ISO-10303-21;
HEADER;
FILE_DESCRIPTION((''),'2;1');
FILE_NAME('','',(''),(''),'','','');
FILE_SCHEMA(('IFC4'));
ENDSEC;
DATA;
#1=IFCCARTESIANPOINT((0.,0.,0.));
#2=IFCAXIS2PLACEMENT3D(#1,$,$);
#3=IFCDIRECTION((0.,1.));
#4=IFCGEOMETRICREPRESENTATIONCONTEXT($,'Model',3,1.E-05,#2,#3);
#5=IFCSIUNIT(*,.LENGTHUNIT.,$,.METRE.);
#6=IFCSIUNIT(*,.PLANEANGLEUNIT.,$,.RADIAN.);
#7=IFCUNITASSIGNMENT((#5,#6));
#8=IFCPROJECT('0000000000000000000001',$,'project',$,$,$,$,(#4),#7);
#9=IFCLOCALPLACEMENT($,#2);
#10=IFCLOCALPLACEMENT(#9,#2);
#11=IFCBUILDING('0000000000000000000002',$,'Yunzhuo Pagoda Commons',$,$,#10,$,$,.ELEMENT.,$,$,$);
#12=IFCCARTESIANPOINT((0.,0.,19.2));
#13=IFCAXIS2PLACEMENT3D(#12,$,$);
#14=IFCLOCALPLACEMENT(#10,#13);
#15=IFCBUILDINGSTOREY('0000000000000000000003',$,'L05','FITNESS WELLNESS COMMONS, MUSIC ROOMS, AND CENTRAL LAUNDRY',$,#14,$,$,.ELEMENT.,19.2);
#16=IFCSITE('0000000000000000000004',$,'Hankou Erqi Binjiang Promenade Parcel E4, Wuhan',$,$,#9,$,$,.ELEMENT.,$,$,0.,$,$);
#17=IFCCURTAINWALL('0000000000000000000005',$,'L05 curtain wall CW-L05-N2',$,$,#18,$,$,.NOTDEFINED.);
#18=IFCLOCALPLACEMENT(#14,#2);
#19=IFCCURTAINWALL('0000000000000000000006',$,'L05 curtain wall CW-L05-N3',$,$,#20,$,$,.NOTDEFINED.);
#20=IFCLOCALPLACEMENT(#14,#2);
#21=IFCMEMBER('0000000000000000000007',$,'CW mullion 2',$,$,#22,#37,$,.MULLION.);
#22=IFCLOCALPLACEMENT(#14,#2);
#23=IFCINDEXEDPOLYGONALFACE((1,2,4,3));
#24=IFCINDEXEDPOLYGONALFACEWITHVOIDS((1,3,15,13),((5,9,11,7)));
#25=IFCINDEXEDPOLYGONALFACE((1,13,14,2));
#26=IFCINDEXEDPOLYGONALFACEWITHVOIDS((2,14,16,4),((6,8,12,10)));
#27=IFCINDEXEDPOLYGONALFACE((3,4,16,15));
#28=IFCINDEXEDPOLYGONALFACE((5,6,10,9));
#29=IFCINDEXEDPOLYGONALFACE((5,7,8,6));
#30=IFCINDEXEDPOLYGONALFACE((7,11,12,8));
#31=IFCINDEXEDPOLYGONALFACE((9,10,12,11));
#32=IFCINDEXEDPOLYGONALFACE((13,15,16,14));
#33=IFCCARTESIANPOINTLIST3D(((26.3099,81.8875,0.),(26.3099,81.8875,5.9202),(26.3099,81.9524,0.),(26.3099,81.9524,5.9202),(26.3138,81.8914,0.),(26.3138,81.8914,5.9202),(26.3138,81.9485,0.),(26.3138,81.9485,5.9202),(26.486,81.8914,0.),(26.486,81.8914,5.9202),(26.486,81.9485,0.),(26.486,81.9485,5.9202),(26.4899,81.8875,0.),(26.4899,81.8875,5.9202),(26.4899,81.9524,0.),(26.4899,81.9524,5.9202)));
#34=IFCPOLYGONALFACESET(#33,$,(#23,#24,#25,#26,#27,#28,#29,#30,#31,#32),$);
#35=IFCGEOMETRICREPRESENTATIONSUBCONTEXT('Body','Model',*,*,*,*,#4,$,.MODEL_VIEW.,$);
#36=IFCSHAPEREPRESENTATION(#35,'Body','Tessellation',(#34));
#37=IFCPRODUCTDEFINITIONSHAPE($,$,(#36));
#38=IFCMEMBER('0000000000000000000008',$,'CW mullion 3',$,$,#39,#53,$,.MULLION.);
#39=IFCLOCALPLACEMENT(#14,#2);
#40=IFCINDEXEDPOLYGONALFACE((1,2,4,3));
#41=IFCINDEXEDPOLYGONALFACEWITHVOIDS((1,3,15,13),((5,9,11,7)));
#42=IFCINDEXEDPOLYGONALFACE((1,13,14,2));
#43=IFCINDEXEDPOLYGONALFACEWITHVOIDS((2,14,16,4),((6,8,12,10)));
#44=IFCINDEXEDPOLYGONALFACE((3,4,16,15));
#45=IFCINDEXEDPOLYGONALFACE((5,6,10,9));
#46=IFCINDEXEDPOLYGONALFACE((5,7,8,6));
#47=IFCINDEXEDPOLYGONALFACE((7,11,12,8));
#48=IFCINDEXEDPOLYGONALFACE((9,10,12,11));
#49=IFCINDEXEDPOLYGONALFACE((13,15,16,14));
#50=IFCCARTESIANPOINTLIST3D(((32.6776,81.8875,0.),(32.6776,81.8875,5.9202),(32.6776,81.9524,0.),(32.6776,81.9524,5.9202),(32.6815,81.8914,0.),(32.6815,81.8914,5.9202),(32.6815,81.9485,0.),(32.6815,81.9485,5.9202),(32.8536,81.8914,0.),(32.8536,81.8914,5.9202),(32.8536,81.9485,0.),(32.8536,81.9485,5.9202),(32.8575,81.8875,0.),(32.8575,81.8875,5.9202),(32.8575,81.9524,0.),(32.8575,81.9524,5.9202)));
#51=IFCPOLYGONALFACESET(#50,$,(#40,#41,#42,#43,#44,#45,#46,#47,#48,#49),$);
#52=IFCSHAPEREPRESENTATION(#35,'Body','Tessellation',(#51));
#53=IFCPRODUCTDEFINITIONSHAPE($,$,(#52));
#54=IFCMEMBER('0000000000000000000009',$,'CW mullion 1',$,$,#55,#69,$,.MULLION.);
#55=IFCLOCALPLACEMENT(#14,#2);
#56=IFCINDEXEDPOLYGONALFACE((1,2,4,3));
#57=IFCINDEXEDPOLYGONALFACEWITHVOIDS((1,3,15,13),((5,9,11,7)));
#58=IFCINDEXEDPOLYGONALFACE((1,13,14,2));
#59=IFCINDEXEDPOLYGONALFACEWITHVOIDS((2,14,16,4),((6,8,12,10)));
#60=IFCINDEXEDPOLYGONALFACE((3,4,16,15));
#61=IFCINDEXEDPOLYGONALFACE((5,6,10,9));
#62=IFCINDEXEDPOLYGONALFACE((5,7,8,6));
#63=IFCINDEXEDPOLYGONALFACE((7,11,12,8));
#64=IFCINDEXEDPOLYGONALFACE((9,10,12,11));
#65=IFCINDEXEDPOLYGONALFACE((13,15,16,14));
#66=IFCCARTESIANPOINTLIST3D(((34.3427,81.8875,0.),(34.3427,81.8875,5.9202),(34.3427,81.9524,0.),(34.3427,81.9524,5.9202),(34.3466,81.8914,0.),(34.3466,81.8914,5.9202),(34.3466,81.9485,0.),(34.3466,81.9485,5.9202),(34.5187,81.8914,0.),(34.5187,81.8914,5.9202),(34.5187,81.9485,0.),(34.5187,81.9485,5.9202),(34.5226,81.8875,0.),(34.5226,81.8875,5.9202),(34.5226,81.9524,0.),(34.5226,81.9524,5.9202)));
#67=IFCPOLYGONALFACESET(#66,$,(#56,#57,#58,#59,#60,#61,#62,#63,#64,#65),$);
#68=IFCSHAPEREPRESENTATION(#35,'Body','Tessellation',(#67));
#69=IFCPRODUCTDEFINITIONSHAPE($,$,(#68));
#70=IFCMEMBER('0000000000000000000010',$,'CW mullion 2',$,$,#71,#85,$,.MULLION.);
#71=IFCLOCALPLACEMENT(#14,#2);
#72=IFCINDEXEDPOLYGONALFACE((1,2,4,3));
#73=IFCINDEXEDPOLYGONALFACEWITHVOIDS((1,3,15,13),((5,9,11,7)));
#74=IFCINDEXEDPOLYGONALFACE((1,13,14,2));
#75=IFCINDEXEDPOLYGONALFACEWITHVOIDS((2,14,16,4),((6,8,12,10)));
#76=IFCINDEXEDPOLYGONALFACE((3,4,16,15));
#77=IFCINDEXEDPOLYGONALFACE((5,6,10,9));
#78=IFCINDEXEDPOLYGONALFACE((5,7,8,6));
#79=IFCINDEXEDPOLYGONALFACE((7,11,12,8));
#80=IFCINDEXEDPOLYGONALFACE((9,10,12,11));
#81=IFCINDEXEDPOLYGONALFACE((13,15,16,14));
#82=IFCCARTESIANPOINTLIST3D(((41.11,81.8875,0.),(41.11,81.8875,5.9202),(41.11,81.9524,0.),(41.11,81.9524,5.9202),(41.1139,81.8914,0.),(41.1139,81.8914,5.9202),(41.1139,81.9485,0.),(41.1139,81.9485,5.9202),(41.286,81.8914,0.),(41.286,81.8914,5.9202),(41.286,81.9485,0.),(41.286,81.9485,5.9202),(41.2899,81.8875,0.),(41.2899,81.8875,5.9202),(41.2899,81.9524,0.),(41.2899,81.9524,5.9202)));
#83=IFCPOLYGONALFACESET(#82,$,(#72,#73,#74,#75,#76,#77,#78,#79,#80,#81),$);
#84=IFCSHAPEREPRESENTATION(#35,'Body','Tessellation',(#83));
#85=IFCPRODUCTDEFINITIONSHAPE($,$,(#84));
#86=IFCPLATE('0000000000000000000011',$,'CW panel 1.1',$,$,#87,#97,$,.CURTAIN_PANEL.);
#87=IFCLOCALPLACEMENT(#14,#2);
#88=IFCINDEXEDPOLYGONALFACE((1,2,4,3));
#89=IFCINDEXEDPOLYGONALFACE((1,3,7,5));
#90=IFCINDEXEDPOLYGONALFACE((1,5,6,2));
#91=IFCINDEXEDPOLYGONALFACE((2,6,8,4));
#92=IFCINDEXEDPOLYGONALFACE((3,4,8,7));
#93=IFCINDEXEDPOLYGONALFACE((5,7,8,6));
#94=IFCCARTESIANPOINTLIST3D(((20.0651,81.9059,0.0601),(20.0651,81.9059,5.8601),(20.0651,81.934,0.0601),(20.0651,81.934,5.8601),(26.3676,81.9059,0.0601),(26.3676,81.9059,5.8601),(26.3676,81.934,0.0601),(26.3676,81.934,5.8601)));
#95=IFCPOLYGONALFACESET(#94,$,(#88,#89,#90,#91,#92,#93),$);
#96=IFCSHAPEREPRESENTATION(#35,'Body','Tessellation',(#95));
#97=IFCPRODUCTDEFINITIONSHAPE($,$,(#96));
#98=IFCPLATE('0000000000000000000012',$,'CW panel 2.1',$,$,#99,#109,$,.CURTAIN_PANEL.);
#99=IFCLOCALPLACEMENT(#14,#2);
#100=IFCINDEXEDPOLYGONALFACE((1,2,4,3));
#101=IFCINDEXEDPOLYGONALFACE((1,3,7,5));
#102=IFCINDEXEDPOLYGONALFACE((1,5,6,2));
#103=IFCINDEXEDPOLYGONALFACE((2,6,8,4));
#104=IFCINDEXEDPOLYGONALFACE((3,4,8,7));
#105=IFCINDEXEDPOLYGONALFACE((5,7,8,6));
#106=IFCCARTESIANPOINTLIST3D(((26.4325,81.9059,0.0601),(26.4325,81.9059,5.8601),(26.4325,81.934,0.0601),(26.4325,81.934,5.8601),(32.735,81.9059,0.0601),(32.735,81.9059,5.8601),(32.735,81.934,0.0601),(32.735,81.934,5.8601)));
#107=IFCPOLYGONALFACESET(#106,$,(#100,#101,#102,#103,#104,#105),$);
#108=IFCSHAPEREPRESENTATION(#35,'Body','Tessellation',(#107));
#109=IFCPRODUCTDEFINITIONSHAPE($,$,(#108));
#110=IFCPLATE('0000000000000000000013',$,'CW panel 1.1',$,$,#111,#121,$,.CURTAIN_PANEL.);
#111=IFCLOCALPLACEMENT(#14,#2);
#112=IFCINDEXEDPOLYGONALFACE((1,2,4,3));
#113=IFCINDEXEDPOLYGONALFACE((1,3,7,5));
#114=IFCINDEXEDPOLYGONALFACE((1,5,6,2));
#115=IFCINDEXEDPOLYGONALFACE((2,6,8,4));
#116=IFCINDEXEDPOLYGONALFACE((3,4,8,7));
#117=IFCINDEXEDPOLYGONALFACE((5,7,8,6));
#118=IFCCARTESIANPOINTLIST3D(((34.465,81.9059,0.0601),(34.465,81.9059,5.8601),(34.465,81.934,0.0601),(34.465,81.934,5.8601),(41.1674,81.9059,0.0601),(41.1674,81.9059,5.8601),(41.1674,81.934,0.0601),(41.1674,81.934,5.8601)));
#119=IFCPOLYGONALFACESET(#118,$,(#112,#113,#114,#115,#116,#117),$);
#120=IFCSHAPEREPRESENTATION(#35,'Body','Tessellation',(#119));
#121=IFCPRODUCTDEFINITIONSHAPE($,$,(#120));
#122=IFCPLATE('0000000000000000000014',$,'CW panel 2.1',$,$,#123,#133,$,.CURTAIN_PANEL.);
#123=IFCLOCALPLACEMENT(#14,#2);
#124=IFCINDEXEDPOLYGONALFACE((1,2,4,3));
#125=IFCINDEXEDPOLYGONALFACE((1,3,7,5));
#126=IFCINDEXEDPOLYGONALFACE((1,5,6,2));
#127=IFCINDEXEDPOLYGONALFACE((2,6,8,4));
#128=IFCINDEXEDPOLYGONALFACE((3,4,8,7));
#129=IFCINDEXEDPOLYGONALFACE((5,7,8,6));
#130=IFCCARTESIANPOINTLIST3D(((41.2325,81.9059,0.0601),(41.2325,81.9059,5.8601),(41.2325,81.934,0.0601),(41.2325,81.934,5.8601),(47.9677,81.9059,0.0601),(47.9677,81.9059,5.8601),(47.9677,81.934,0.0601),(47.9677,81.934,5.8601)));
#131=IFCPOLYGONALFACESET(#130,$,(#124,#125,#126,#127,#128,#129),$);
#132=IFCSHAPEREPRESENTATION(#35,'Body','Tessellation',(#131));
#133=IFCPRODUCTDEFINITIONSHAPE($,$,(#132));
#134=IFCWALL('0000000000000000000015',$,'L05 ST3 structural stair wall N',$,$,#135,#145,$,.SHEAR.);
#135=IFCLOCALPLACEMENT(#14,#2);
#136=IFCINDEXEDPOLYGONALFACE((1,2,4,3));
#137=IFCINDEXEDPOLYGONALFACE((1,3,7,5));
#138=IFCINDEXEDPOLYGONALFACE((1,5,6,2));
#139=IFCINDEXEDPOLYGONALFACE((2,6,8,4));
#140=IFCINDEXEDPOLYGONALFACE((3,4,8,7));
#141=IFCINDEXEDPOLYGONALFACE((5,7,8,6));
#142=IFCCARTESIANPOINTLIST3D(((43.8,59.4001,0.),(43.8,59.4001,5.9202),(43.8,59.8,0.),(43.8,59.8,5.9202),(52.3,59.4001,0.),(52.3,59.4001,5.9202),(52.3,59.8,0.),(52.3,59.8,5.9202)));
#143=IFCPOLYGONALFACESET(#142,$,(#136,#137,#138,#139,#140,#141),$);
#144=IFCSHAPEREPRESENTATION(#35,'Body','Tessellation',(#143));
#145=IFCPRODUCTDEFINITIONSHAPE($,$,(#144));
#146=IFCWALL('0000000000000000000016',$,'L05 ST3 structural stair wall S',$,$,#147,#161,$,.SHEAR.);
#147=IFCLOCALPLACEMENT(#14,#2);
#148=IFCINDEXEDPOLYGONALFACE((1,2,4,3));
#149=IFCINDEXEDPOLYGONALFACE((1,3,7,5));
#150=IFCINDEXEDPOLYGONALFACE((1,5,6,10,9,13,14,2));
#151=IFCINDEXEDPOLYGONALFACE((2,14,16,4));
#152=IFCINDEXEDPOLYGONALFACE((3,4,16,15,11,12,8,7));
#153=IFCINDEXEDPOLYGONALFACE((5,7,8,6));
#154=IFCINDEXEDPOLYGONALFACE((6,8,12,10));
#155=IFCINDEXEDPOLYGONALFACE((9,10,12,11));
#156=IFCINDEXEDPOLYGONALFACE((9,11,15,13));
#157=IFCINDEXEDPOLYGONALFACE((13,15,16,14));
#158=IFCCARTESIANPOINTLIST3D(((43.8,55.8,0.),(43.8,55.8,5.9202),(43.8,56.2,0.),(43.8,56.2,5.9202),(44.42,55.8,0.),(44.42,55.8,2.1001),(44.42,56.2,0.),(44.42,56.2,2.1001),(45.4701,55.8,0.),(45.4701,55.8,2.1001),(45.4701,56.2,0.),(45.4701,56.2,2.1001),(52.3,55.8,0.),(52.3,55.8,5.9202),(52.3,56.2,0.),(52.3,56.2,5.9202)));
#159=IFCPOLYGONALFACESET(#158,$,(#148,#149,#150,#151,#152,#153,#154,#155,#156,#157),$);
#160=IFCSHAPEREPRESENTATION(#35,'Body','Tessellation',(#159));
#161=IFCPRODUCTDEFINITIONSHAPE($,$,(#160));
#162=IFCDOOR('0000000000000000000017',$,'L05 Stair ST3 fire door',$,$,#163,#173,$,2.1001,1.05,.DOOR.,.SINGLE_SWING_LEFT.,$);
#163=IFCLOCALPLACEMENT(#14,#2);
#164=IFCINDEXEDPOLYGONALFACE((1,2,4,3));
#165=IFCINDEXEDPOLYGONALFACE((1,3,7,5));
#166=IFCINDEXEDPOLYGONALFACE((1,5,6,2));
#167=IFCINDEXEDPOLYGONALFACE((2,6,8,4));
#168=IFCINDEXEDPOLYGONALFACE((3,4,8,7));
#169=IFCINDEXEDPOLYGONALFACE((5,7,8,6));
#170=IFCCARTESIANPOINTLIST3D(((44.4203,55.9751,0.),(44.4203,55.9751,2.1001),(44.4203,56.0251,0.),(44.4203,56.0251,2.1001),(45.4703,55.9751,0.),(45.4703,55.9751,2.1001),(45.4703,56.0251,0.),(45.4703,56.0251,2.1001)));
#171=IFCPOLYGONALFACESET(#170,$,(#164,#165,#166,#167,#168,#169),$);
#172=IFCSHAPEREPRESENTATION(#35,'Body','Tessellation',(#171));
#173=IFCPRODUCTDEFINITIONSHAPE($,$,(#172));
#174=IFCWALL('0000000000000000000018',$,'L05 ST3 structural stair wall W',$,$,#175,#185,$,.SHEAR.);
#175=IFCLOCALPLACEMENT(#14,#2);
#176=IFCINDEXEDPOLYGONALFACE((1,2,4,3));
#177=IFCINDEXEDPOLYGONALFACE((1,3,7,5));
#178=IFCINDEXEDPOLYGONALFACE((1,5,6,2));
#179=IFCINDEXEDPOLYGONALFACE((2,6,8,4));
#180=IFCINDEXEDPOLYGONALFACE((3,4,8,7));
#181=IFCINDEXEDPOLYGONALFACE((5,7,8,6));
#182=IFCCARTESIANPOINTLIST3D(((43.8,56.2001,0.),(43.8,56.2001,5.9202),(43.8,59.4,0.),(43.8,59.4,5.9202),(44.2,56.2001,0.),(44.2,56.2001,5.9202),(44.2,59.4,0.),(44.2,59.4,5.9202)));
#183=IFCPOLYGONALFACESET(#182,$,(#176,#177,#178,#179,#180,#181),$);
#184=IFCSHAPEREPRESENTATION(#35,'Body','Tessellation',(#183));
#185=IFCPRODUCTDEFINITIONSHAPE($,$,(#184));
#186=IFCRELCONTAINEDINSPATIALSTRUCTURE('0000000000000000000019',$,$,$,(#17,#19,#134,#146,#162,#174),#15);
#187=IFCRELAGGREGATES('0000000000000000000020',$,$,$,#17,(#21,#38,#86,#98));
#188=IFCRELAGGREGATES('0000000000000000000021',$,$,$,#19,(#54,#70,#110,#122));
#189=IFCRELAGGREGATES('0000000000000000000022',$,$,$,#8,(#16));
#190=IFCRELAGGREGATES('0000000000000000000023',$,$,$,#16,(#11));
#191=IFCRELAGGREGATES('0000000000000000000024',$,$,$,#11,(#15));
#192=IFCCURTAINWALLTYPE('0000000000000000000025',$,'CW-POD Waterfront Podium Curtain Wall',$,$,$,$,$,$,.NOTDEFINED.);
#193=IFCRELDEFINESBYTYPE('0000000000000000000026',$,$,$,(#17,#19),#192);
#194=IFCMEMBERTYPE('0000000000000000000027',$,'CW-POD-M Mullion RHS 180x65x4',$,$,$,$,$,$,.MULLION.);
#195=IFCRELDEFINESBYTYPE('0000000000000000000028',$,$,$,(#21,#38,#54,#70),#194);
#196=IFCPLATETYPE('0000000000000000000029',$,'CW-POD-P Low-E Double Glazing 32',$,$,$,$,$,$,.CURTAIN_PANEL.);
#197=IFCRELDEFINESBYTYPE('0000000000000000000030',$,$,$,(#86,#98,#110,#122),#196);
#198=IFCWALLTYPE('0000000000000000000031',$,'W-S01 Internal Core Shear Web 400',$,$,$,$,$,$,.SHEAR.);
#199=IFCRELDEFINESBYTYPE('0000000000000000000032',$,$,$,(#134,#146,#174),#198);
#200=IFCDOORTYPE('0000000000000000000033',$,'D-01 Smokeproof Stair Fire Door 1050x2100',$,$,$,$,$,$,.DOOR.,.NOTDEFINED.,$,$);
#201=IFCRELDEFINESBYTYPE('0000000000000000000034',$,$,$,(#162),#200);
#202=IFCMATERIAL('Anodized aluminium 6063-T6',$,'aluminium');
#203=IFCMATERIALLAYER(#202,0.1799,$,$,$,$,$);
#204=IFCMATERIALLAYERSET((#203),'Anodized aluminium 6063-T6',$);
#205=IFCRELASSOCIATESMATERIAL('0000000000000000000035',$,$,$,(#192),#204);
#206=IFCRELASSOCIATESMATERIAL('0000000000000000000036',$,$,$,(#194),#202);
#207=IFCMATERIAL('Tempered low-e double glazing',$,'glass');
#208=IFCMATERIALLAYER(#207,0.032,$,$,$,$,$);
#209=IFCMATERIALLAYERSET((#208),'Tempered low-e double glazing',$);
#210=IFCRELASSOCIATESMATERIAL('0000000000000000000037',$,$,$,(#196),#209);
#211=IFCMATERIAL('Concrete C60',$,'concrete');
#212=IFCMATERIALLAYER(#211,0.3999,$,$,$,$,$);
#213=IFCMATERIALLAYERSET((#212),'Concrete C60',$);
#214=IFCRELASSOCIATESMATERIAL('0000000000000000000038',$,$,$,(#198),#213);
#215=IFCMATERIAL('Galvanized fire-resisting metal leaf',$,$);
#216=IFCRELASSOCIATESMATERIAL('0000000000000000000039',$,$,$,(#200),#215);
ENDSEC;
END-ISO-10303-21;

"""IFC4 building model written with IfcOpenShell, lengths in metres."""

from ifc_helpers import new_model, si_unit, direction, frame, frame_2d, origin, origin_2d, place, context, subcontext, project, spatial, rectangle, hollow_rectangle, extrude, source, transform, mapped, material, layer, layer_set, material_profile, profile_set, type_object, element, fill, aggregate, save


model = new_model("IFC4")

# Units and contexts
model_context = context("Model", 3, precision=1e-05, world=origin(), true_north=direction((0.0, 1.0)))
body_context = subcontext(model_context, "Body", "Model", "MODEL_VIEW")
ifc_project = project(units=[si_unit("LENGTHUNIT", "METRE"), si_unit("PLANEANGLEUNIT", "RADIAN")], contexts=[model_context])

# Site, building, storey
site_placement = place(None, origin())
site = spatial("IfcSite", under=ifc_project, at=site_placement, Name="Hankou Erqi Binjiang Promenade Parcel E4, Wuhan", CompositionType="ELEMENT", RefElevation=0.0)
building_placement = place(site_placement, origin())
building = spatial("IfcBuilding", under=site, at=building_placement, Name="Yunzhuo Pagoda Commons", CompositionType="ELEMENT")
storey_placement = place(building_placement, frame((0.0, 0.0, 19.2)))
storey = spatial("IfcBuildingStorey", under=building, at=storey_placement, Name="L05", Description="FITNESS WELLNESS COMMONS, MUSIC ROOMS, AND CENTRAL LAUNDRY", CompositionType="ELEMENT", Elevation=19.2)

# Curtain walls
ifc_material_1 = material(Name="Anodized aluminium 6063-T6", Category="aluminium")
ifc_layer_1 = layer(ifc_material_1, 0.1799)
ifc_layer_set_1 = layer_set([ifc_layer_1], Name="Anodized aluminium 6063-T6")
curtain_wall_type = type_object("IfcCurtainWallType", Name="CW-POD Waterfront Podium Curtain Wall", PredefinedType="NOTDEFINED", material=ifc_layer_set_1)
curtain_wall_1_placement = place(storey_placement, origin())
curtain_wall_1 = element("IfcCurtainWall", 1, at=curtain_wall_1_placement, inside=storey, type_object=curtain_wall_type, Name="L05 curtain wall CW-L05-N2", PredefinedType="NOTDEFINED")
curtain_wall_2_placement = place(storey_placement, origin())
curtain_wall_2 = element("IfcCurtainWall", 2, at=curtain_wall_2_placement, inside=storey, type_object=curtain_wall_type, Name="L05 curtain wall CW-L05-N3", PredefinedType="NOTDEFINED")

# Members
ifc_material_profile_1 = material_profile(ifc_material_1, hollow_rectangle(XDim=0.0649, YDim=0.1799, WallThickness=0.0039, at=origin_2d()), Name="Anodized aluminium 6063-T6")
ifc_profile_set_1 = profile_set([ifc_material_profile_1], Name="Anodized aluminium 6063-T6")
member_type_1 = type_object("IfcMemberType", Name="CW-POD-M Mullion RHS 180x65x4", PredefinedType="MULLION", material=ifc_profile_set_1)
shared_shape_1 = source(origin(), body_context, "Body", "SweptSolid", [
    extrude(hollow_rectangle(XDim=0.0649, YDim=0.1799, WallThickness=0.0039, at=origin_2d()), origin(), (0.0, 0.0, 1.0), 5.9202),
])
member_1_placement = place(storey_placement, frame((26.3999, 81.9199, 0.0), z_axis=(0.0, 0.0, 1.0), x_axis=(0.0, 1.0, 0.0)))
member_1 = element("IfcMember", 3, at=member_1_placement, type_object=member_type_1, Name="CW mullion 2", PredefinedType="MULLION", context=body_context, shape_type="MappedRepresentation", body=[
    mapped(shared_shape_1, transform((0.0, 0.0, 0.0), scale=1.0)),
])
member_2_placement = place(storey_placement, frame((32.7676, 81.9199, 0.0), z_axis=(0.0, 0.0, 1.0), x_axis=(0.0, 1.0, 0.0)))
member_2 = element("IfcMember", 4, at=member_2_placement, type_object=member_type_1, Name="CW mullion 3", PredefinedType="MULLION", context=body_context, shape_type="MappedRepresentation", body=[
    mapped(shared_shape_1, transform((0.0, 0.0, 0.0), scale=1.0)),
])
member_3_placement = place(storey_placement, frame((34.4326, 81.9199, 0.0), z_axis=(0.0, 0.0, 1.0), x_axis=(0.0, 1.0, 0.0)))
member_3 = element("IfcMember", 5, at=member_3_placement, type_object=member_type_1, Name="CW mullion 1", PredefinedType="MULLION", context=body_context, shape_type="MappedRepresentation", body=[
    mapped(shared_shape_1, transform((0.0, 0.0, 0.0), scale=1.0)),
])
member_4_placement = place(storey_placement, frame((41.2, 81.9199, 0.0), z_axis=(0.0, 0.0, 1.0), x_axis=(0.0, 1.0, 0.0)))
member_4 = element("IfcMember", 6, at=member_4_placement, type_object=member_type_1, Name="CW mullion 2", PredefinedType="MULLION", context=body_context, shape_type="MappedRepresentation", body=[
    mapped(shared_shape_1, transform((0.0, 0.0, 0.0), scale=1.0)),
])

# Plates
ifc_material_2 = material(Name="Tempered low-e double glazing", Category="glass")
ifc_layer_2 = layer(ifc_material_2, 0.032)
ifc_layer_set_2 = layer_set([ifc_layer_2], Name="Tempered low-e double glazing")
plate_type = type_object("IfcPlateType", Name="CW-POD-P Low-E Double Glazing 32", PredefinedType="CURTAIN_PANEL", material=ifc_layer_set_2)
shared_shape_2 = source(origin(), body_context, "Body", "SweptSolid", [
    extrude(rectangle(XDim=6.3025, YDim=0.0281, at=origin_2d()), origin(), (0.0, 0.0, 1.0), 5.8),
])
plate_1_placement = place(storey_placement, frame((23.2163, 81.9199, 0.0601), z_axis=(0.0, 0.0, 1.0), x_axis=(1.0, 0.0, 0.0)))
plate_1 = element("IfcPlate", 7, at=plate_1_placement, type_object=plate_type, Name="CW panel 1.1", PredefinedType="CURTAIN_PANEL", context=body_context, shape_type="MappedRepresentation", body=[
    mapped(shared_shape_2, transform((0.0, 0.0, 0.0), scale=1.0)),
])
plate_2_placement = place(storey_placement, frame((29.5837, 81.9199, 0.0601), z_axis=(0.0, 0.0, 1.0), x_axis=(1.0, 0.0, 0.0)))
plate_2 = element("IfcPlate", 8, at=plate_2_placement, type_object=plate_type, Name="CW panel 2.1", PredefinedType="CURTAIN_PANEL", context=body_context, shape_type="MappedRepresentation", body=[
    mapped(shared_shape_2, transform((0.0, 0.0, 0.0), scale=1.0)),
])
aggregate(curtain_wall_1, [member_1, member_2, plate_1, plate_2])
shared_shape_3 = source(origin(), body_context, "Body", "SweptSolid", [
    extrude(rectangle(XDim=6.7024, YDim=0.0281, at=origin_2d()), origin(), (0.0, 0.0, 1.0), 5.8),
])
plate_3_placement = place(storey_placement, frame((37.8162, 81.9199, 0.0601), z_axis=(0.0, 0.0, 1.0), x_axis=(1.0, 0.0, 0.0)))
plate_3 = element("IfcPlate", 9, at=plate_3_placement, type_object=plate_type, Name="CW panel 1.1", PredefinedType="CURTAIN_PANEL", context=body_context, shape_type="MappedRepresentation", body=[
    mapped(shared_shape_3, transform((0.0, 0.0, 0.0), scale=1.0)),
])
shared_shape_4 = source(origin(), body_context, "Body", "SweptSolid", [
    extrude(rectangle(XDim=6.7351, YDim=0.0281, at=origin_2d()), origin(), (0.0, 0.0, 1.0), 5.8),
])
plate_4_placement = place(storey_placement, frame((44.6001, 81.9199, 0.0601), z_axis=(0.0, 0.0, 1.0), x_axis=(1.0, 0.0, 0.0)))
plate_4 = element("IfcPlate", 10, at=plate_4_placement, type_object=plate_type, Name="CW panel 2.1", PredefinedType="CURTAIN_PANEL", context=body_context, shape_type="MappedRepresentation", body=[
    mapped(shared_shape_4, transform((0.0, 0.0, 0.0), scale=1.0)),
])
aggregate(curtain_wall_2, [member_3, member_4, plate_3, plate_4])

# Wall
ifc_material_3 = material(Name="Concrete C60", Category="concrete")
ifc_layer_3 = layer(ifc_material_3, 0.3999)
ifc_layer_set_3 = layer_set([ifc_layer_3], Name="Concrete C60")
wall_type = type_object("IfcWallType", Name="W-S01 Internal Core Shear Web 400", PredefinedType="SHEAR", material=ifc_layer_set_3)
wall_1_placement = place(storey_placement, frame((43.8, 59.6001, 0.0), z_axis=(0.0, 0.0, 1.0), x_axis=(1.0, 0.0, 0.0)))
element("IfcWall", 11, at=wall_1_placement, inside=storey, type_object=wall_type, Name="L05 ST3 structural stair wall N", PredefinedType="SHEAR", context=body_context, shape_type="SweptSolid", body=[
    extrude(rectangle(XDim=8.5, YDim=0.3999, at=frame_2d((4.25, 0.0))), origin(), (0.0, 0.0, 1.0), 5.9202),
])

# Wall, opening, door
wall_2_placement = place(storey_placement, frame((43.8, 56.0, 0.0), z_axis=(0.0, 0.0, 1.0), x_axis=(1.0, 0.0, 0.0)))
wall_2 = element("IfcWall", 12, at=wall_2_placement, inside=storey, type_object=wall_type, Name="L05 ST3 structural stair wall S", PredefinedType="SHEAR", context=body_context, shape_type="SweptSolid", body=[
    extrude(rectangle(XDim=8.5, YDim=0.3999, at=frame_2d((4.25, 0.0))), origin(), (0.0, 0.0, 1.0), 5.9202),
])
opening_placement = place(wall_2_placement, frame((0.6201, 0.0, 0.0)))
opening = element("IfcOpeningElement", 13, at=opening_placement, cuts=wall_2, PredefinedType="OPENING", context=body_context, shape_type="SweptSolid", body=[
    extrude(rectangle(XDim=1.05, YDim=2.1001, at=frame_2d((0.5249, 1.05))), frame((0.0, 0.21, 0.0), z_axis=(0.0, -1.0, 0.0), x_axis=(1.0, 0.0, 0.0)), (0.0, 0.0, 1.0), 0.4199),
])
ifc_material_4 = material(Name="Galvanized fire-resisting metal leaf")
door_type = type_object("IfcDoorType", Name="D-01 Smokeproof Stair Fire Door 1050x2100", OperationType="NOTDEFINED", PredefinedType="DOOR", material=ifc_material_4)
shared_shape_5 = source(origin(), body_context, "Body", "SweptSolid", [
    extrude(rectangle(XDim=1.05, YDim=2.1001, at=frame_2d((0.5249, 1.05))), frame((0.0, 0.0249, 0.0), z_axis=(0.0, -1.0, 0.0), x_axis=(1.0, 0.0, 0.0)), (0.0, 0.0, 1.0), 0.05),
])
door_placement = place(opening_placement, frame((1.05, 0.0, 0.0), z_axis=(0.0, 0.0, 1.0), x_axis=(-1.0, 0.0, 0.0)))
door = element("IfcDoor", 14, at=door_placement, inside=storey, type_object=door_type, Name="L05 Stair ST3 fire door", OperationType="SINGLE_SWING_LEFT", OverallHeight=2.1001, OverallWidth=1.05, PredefinedType="DOOR", context=body_context, shape_type="MappedRepresentation", body=[
    mapped(shared_shape_5, transform((0.0, 0.0, 0.0), scale=1.0)),
])
fill(opening, door)

# Wall
wall_3_placement = place(storey_placement, frame((44.0, 56.2, 0.0), z_axis=(0.0, 0.0, 1.0), x_axis=(0.0, 1.0, 0.0)))
element("IfcWall", 15, at=wall_3_placement, inside=storey, type_object=wall_type, Name="L05 ST3 structural stair wall W", PredefinedType="SHEAR", context=body_context, shape_type="SweptSolid", body=[
    extrude(rectangle(XDim=3.2, YDim=0.3999, at=frame_2d((1.6001, 0.0))), origin(), (0.0, 0.0, 1.0), 5.9202),
])

save(model, "model.ifc")
